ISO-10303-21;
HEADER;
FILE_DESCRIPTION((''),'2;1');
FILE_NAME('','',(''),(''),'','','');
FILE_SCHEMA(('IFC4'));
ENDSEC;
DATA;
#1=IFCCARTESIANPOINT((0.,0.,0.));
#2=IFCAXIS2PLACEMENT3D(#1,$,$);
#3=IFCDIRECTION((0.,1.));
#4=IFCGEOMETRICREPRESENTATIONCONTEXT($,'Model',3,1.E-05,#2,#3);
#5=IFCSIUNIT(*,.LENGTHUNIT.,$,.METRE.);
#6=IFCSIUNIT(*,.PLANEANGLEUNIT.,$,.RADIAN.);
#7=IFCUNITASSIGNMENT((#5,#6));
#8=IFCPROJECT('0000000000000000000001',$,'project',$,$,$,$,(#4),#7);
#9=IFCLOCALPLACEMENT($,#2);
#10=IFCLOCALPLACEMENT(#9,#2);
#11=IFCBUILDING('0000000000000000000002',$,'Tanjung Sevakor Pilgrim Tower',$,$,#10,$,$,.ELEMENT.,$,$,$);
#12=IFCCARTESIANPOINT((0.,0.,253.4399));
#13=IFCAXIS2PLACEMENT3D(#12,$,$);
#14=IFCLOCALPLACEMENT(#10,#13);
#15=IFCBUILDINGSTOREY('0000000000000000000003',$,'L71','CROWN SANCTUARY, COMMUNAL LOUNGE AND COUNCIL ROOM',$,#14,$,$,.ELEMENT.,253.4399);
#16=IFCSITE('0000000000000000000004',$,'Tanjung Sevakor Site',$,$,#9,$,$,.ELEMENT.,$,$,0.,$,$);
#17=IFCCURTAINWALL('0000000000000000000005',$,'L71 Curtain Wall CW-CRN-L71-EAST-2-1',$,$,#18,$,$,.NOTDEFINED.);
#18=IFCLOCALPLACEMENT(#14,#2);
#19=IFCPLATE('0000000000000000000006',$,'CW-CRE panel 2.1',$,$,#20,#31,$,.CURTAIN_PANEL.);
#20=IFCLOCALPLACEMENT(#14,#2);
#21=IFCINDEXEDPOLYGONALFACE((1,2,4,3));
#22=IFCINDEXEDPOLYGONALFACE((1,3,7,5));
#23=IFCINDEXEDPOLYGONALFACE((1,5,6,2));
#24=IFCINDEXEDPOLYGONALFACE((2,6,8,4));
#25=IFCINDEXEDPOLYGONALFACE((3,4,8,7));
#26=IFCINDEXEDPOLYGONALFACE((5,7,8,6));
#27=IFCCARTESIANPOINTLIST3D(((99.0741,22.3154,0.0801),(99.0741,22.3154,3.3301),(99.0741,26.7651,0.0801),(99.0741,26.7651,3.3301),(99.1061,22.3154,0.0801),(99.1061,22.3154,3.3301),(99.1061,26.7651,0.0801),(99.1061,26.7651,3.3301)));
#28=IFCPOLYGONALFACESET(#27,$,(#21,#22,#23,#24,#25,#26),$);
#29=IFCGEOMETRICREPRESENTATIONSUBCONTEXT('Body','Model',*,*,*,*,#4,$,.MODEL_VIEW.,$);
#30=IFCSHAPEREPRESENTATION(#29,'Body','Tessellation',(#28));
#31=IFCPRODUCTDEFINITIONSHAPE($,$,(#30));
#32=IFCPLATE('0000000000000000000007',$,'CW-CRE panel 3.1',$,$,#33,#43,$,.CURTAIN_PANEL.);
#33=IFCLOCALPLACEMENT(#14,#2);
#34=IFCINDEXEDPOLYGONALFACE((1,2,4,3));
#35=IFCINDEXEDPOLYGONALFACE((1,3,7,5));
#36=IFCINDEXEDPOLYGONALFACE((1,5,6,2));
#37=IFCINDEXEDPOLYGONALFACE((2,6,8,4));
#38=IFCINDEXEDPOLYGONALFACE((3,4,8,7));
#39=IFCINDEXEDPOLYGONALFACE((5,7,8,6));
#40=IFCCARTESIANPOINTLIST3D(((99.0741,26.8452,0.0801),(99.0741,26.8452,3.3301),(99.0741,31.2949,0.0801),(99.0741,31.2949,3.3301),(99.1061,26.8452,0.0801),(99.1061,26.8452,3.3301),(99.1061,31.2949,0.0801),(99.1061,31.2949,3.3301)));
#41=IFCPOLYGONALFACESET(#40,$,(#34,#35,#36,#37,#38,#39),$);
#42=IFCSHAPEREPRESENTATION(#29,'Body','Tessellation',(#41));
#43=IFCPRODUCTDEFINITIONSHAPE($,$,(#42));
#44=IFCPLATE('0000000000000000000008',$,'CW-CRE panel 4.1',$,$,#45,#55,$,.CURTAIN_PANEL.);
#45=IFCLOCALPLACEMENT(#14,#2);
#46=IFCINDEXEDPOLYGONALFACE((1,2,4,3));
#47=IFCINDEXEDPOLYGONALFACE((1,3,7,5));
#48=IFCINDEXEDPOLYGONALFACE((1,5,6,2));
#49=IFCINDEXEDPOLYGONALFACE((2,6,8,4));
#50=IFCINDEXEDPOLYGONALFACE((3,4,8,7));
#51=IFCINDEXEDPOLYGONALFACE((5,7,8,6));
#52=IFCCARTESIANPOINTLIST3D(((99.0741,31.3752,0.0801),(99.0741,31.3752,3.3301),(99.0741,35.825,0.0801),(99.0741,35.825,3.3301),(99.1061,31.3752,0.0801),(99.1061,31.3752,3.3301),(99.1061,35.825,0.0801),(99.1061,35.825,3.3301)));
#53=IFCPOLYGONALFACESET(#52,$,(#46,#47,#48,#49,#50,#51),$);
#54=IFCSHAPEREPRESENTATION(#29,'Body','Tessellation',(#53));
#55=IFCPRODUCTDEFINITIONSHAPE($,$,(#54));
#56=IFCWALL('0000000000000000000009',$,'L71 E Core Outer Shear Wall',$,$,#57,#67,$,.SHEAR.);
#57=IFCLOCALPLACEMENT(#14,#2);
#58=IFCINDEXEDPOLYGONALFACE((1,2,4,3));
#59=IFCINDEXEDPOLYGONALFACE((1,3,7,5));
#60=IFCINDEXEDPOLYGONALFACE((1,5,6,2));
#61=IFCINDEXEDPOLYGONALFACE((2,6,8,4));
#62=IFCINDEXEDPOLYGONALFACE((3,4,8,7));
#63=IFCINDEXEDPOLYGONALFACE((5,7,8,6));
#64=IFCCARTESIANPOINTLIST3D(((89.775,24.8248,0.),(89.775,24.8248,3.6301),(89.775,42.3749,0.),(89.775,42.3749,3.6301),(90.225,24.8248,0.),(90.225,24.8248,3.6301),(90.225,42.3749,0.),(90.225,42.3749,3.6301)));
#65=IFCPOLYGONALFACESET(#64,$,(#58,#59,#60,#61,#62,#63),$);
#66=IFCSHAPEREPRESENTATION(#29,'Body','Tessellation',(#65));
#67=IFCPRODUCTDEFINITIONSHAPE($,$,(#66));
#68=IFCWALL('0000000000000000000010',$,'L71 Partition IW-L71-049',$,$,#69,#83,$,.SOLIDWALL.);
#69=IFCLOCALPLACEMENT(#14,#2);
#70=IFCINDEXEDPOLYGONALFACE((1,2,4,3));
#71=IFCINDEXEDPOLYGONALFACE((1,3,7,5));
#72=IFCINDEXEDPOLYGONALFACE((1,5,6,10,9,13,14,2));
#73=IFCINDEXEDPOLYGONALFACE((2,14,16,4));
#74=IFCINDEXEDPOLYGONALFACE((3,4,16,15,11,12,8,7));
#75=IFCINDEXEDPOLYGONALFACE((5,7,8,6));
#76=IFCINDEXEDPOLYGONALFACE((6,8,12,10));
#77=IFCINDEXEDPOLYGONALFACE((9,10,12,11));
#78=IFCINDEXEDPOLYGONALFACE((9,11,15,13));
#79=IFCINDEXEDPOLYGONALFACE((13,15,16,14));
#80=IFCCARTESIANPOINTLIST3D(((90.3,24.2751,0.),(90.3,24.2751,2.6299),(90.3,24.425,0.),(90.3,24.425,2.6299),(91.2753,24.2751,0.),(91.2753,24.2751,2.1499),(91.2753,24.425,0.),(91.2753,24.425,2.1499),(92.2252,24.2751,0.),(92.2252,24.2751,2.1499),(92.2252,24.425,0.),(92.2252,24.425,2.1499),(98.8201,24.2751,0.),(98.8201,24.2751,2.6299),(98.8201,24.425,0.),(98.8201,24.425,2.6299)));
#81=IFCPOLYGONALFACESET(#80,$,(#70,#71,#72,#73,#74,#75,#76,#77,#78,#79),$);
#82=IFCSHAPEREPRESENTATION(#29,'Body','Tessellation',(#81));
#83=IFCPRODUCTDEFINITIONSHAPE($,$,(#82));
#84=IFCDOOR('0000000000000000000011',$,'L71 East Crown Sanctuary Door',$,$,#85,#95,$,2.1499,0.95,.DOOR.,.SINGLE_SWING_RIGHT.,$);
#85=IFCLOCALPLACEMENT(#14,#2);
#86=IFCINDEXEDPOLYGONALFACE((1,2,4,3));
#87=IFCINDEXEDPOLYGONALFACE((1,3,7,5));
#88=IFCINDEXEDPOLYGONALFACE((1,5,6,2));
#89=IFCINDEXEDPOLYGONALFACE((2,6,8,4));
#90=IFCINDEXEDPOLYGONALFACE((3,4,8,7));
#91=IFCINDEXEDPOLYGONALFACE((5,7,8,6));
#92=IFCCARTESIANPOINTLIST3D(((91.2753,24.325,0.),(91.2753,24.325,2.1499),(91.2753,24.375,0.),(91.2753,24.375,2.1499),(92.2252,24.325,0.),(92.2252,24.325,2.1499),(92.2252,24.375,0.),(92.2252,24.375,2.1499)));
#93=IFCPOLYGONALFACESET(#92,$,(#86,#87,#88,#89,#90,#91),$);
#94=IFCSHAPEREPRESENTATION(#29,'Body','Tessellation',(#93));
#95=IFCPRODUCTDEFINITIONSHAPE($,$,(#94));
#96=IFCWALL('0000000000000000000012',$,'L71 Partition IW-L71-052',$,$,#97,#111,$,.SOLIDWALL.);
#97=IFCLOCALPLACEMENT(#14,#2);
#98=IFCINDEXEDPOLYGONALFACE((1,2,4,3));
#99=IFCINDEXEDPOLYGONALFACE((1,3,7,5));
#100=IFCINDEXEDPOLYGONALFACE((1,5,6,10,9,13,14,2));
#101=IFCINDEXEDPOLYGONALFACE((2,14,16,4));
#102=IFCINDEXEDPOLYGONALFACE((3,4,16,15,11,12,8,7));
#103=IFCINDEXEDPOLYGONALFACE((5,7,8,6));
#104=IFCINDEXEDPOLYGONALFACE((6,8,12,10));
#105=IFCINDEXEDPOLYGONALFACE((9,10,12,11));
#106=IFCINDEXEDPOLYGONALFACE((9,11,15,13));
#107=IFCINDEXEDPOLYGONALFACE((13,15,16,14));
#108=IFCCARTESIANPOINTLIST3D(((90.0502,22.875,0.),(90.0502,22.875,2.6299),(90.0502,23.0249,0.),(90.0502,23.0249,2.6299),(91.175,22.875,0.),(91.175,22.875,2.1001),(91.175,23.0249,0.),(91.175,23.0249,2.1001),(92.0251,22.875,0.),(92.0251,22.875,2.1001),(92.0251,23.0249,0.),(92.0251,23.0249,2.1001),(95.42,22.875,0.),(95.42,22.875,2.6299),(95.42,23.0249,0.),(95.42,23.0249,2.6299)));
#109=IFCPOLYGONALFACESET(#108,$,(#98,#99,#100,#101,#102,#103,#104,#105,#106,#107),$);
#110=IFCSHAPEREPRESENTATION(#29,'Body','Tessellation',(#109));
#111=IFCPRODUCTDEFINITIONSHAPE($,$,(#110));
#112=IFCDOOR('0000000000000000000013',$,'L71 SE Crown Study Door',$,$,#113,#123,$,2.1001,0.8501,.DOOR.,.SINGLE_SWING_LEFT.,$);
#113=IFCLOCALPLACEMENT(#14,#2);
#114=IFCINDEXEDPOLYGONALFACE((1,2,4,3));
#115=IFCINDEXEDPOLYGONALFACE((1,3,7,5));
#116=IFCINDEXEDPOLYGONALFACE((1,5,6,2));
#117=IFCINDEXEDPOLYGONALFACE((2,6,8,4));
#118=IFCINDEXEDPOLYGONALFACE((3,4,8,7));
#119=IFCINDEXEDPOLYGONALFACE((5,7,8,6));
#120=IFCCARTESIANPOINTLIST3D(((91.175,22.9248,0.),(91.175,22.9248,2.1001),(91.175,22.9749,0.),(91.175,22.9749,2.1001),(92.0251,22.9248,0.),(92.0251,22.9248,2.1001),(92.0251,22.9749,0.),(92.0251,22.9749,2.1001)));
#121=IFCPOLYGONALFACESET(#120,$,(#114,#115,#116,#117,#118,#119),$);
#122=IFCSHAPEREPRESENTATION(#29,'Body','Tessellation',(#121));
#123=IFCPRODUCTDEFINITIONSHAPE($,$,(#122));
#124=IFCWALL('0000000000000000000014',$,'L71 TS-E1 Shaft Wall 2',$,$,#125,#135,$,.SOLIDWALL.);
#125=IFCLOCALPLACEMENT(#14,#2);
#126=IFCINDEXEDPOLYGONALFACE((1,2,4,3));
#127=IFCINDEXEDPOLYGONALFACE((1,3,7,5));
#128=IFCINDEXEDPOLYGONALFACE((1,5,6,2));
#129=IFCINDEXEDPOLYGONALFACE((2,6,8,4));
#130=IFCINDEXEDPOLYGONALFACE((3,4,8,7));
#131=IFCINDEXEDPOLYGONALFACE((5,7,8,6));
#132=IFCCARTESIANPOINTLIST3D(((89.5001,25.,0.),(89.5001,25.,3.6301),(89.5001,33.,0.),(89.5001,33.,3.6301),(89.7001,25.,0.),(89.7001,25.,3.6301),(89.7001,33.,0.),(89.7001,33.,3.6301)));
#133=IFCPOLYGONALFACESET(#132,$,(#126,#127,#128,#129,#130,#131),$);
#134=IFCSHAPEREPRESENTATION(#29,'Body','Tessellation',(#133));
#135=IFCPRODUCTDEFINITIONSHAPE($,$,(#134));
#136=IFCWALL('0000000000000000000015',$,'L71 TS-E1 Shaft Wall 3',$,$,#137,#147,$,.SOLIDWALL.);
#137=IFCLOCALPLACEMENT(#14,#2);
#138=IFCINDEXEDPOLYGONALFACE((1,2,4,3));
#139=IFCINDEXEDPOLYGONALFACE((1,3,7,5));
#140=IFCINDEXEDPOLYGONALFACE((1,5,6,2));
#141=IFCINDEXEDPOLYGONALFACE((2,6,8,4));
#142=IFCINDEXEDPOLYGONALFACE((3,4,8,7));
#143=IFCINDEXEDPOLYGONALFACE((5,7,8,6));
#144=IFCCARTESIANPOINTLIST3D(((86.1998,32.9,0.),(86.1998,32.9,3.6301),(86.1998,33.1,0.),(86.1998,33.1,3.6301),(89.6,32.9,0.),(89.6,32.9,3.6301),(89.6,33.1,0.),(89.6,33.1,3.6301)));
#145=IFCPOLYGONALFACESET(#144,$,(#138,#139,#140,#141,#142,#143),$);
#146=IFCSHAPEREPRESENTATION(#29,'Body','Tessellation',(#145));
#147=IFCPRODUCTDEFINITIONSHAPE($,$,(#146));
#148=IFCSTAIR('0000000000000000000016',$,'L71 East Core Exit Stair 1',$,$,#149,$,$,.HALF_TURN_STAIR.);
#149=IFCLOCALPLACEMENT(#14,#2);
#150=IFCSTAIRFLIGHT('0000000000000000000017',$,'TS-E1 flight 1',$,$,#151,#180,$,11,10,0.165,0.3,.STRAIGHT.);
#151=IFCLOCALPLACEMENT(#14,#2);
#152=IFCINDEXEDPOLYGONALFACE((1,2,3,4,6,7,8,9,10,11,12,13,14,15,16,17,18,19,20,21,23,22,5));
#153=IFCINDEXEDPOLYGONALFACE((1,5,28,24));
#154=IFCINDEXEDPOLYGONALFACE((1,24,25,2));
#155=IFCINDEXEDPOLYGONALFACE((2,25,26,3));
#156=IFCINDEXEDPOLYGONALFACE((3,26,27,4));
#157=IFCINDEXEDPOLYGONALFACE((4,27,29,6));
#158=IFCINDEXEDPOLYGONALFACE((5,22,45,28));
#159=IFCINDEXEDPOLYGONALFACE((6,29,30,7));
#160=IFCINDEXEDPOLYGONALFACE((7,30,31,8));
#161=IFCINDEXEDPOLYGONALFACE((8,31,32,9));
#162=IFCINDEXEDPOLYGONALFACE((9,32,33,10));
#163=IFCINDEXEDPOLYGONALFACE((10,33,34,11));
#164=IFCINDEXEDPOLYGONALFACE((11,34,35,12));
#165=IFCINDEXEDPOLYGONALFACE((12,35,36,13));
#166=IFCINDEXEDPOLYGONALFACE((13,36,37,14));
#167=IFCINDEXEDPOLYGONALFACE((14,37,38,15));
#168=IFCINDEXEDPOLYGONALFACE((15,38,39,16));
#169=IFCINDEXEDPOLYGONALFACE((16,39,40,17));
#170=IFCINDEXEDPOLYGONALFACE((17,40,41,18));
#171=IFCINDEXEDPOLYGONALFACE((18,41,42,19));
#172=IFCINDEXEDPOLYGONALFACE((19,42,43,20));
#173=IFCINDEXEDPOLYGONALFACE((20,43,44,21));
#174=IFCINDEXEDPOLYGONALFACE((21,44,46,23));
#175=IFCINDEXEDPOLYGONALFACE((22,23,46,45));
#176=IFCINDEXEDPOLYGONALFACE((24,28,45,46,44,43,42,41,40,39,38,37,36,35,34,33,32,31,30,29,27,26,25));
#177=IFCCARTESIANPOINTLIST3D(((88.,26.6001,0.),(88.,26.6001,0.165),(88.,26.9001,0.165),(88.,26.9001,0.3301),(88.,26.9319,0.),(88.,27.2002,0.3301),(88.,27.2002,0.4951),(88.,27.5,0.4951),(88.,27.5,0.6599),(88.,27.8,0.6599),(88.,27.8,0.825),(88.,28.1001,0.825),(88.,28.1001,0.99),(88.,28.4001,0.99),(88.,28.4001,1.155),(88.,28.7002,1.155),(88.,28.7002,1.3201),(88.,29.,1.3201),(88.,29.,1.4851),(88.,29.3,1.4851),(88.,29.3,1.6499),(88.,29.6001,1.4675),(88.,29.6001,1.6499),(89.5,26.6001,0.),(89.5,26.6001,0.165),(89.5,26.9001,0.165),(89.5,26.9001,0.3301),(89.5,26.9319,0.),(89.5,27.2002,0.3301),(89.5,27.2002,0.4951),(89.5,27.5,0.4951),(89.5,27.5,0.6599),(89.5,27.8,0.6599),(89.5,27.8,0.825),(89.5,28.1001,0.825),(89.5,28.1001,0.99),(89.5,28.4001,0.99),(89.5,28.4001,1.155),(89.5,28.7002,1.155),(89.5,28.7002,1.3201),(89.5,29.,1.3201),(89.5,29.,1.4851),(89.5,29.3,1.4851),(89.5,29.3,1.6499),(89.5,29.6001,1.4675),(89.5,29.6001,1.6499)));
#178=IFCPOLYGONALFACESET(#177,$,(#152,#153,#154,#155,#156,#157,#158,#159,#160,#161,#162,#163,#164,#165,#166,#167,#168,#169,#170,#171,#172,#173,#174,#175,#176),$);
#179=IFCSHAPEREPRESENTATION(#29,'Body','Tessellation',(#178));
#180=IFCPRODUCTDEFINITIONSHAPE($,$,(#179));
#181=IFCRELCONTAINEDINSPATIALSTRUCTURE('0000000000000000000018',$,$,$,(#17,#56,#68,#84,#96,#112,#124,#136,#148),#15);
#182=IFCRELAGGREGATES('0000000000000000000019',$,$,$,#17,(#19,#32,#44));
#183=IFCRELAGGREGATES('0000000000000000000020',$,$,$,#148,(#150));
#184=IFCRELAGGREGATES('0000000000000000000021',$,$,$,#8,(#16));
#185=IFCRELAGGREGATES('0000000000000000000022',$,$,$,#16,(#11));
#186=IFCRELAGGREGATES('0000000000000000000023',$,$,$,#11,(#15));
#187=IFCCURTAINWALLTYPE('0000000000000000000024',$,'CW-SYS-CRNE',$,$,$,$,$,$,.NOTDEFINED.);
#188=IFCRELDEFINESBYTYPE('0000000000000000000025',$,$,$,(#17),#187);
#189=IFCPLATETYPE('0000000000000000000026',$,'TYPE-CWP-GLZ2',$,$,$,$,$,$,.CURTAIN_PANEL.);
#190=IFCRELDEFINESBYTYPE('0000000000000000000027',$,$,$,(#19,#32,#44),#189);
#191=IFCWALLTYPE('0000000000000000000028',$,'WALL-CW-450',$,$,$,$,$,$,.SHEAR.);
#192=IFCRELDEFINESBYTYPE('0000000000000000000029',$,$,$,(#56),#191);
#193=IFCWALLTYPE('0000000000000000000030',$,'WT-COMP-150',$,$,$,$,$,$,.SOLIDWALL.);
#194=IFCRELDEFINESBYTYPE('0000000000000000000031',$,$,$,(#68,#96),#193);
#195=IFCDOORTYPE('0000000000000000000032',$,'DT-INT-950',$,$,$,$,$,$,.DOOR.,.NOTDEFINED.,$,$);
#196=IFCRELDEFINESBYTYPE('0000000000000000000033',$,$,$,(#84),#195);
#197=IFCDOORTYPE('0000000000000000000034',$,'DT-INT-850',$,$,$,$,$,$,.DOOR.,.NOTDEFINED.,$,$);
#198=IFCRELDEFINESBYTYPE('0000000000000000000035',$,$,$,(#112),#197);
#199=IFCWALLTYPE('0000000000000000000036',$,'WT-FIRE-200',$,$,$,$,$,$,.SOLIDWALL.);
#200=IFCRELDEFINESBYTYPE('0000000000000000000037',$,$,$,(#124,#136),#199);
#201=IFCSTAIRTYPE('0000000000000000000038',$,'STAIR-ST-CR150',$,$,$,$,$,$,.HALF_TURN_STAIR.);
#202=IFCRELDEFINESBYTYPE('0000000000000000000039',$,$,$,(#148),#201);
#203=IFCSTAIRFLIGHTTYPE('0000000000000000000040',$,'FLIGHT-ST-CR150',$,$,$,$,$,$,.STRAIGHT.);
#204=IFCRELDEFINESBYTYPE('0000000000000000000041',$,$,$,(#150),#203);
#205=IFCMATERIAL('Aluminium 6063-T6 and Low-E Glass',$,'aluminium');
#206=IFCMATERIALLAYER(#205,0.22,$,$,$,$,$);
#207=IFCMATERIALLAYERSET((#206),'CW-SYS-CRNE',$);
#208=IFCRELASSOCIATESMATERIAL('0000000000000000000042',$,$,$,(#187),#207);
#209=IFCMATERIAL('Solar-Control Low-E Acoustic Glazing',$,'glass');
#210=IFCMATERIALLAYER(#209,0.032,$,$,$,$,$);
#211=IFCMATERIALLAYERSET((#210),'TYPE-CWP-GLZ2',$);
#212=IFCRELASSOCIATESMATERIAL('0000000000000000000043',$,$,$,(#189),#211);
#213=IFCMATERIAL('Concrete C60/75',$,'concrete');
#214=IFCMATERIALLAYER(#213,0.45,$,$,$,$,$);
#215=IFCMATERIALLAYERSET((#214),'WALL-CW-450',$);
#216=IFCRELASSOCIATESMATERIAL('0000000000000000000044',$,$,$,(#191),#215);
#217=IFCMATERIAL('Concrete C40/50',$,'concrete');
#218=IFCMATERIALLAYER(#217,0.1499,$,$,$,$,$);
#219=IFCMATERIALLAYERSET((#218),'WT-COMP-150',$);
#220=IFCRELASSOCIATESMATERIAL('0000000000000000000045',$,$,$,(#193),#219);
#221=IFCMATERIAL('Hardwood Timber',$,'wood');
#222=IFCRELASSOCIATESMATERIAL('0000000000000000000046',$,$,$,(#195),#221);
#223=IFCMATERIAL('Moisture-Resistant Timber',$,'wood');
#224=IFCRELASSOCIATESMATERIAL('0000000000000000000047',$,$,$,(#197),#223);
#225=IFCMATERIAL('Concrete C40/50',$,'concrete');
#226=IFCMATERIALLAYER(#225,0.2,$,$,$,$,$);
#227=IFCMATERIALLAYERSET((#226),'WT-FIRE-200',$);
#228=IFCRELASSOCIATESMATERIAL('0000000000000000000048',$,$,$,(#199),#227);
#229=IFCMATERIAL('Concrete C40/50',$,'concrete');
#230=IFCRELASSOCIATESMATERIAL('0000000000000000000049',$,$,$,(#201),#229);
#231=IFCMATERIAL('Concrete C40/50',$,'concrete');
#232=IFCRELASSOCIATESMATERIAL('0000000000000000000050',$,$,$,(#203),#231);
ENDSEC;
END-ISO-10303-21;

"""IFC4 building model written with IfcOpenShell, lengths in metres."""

from ifc_helpers import new_model, si_unit, direction, frame, frame_2d, origin, origin_2d, place, context, subcontext, project, spatial, polyline, rectangle, outline, extrude, material, layer, layer_set, type_object, element, fill, aggregate, save


model = new_model("IFC4")

# Units and contexts
model_context = context("Model", 3, precision=1e-05, world=origin(), true_north=direction((0.0, 1.0)))
body_context = subcontext(model_context, "Body", "Model", "MODEL_VIEW")
ifc_project = project(units=[si_unit("LENGTHUNIT", "METRE"), si_unit("PLANEANGLEUNIT", "RADIAN")], contexts=[model_context])

# Site, building, storey
site_placement = place(None, origin())
site = spatial("IfcSite", under=ifc_project, at=site_placement, Name="Tanjung Sevakor Site", CompositionType="ELEMENT", RefElevation=0.0)
building_placement = place(site_placement, origin())
building = spatial("IfcBuilding", under=site, at=building_placement, Name="Tanjung Sevakor Pilgrim Tower", CompositionType="ELEMENT")
storey_placement = place(building_placement, frame((0.0, 0.0, 253.4399)))
storey = spatial("IfcBuildingStorey", under=building, at=storey_placement, Name="L71", Description="CROWN SANCTUARY, COMMUNAL LOUNGE AND COUNCIL ROOM", CompositionType="ELEMENT", Elevation=253.4399)

# Curtain wall, plates
ifc_material_1 = material(Name="Aluminium 6063-T6 and Low-E Glass", Category="aluminium")
ifc_layer_1 = layer(ifc_material_1, 0.22)
ifc_layer_set_1 = layer_set([ifc_layer_1], Name="CW-SYS-CRNE")
curtain_wall_type = type_object("IfcCurtainWallType", Name="CW-SYS-CRNE", PredefinedType="NOTDEFINED", material=ifc_layer_set_1)
curtain_wall_placement = place(storey_placement, origin())
curtain_wall = element("IfcCurtainWall", 1, at=curtain_wall_placement, inside=storey, type_object=curtain_wall_type, Name="L71 Curtain Wall CW-CRN-L71-EAST-2-1", PredefinedType="NOTDEFINED")
ifc_material_2 = material(Name="Solar-Control Low-E Acoustic Glazing", Category="glass")
ifc_layer_2 = layer(ifc_material_2, 0.032)
ifc_layer_set_2 = layer_set([ifc_layer_2], Name="TYPE-CWP-GLZ2")
plate_type = type_object("IfcPlateType", Name="TYPE-CWP-GLZ2", PredefinedType="CURTAIN_PANEL", material=ifc_layer_set_2)
plate_1_placement = place(storey_placement, frame((99.0901, 24.5403, 0.0801), z_axis=(0.0, 0.0, 1.0), x_axis=(0.0, 1.0, 0.0)))
plate_1 = element("IfcPlate", 2, at=plate_1_placement, type_object=plate_type, Name="CW-CRE panel 2.1", PredefinedType="CURTAIN_PANEL", context=body_context, shape_type="SweptSolid", body=[
    extrude(rectangle(XDim=4.4497, YDim=0.032, at=origin_2d()), origin(), (0.0, 0.0, 1.0), 3.25),
])
plate_2_placement = place(storey_placement, frame((99.0901, 29.0701, 0.0801), z_axis=(0.0, 0.0, 1.0), x_axis=(0.0, 1.0, 0.0)))
plate_2 = element("IfcPlate", 3, at=plate_2_placement, type_object=plate_type, Name="CW-CRE panel 3.1", PredefinedType="CURTAIN_PANEL", context=body_context, shape_type="SweptSolid", body=[
    extrude(rectangle(XDim=4.4497, YDim=0.032, at=origin_2d()), origin(), (0.0, 0.0, 1.0), 3.25),
])
plate_3_placement = place(storey_placement, frame((99.0901, 33.6001, 0.0801), z_axis=(0.0, 0.0, 1.0), x_axis=(0.0, 1.0, 0.0)))
plate_3 = element("IfcPlate", 4, at=plate_3_placement, type_object=plate_type, Name="CW-CRE panel 4.1", PredefinedType="CURTAIN_PANEL", context=body_context, shape_type="SweptSolid", body=[
    extrude(rectangle(XDim=4.4497, YDim=0.032, at=origin_2d()), origin(), (0.0, 0.0, 1.0), 3.25),
])
aggregate(curtain_wall, [plate_1, plate_2, plate_3])

# Wall
ifc_material_3 = material(Name="Concrete C60/75", Category="concrete")
ifc_layer_3 = layer(ifc_material_3, 0.45)
ifc_layer_set_3 = layer_set([ifc_layer_3], Name="WALL-CW-450")
wall_type_1 = type_object("IfcWallType", Name="WALL-CW-450", PredefinedType="SHEAR", material=ifc_layer_set_3)
wall_1_placement = place(storey_placement, frame((90.0, 24.825, 0.0), z_axis=(0.0, 0.0, 1.0), x_axis=(0.0, 1.0, 0.0)))
element("IfcWall", 5, at=wall_1_placement, inside=storey, type_object=wall_type_1, Name="L71 E Core Outer Shear Wall", PredefinedType="SHEAR", context=body_context, shape_type="SweptSolid", body=[
    extrude(rectangle(XDim=17.55, YDim=0.45, at=frame_2d((8.7749, 0.0))), origin(), (0.0, 0.0, 1.0), 3.6301),
])

# Walls, openings, doors
ifc_material_4 = material(Name="Concrete C40/50", Category="concrete")
ifc_layer_4 = layer(ifc_material_4, 0.1499)
ifc_layer_set_4 = layer_set([ifc_layer_4], Name="WT-COMP-150")
wall_type_2 = type_object("IfcWallType", Name="WT-COMP-150", PredefinedType="SOLIDWALL", material=ifc_layer_set_4)
wall_2_placement = place(storey_placement, frame((90.3, 24.3501, 0.0), z_axis=(0.0, 0.0, 1.0), x_axis=(1.0, 0.0, 0.0)))
wall_2 = element("IfcWall", 6, at=wall_2_placement, inside=storey, type_object=wall_type_2, Name="L71 Partition IW-L71-049", PredefinedType="SOLIDWALL", context=body_context, shape_type="SweptSolid", body=[
    extrude(rectangle(XDim=8.52, YDim=0.1499, at=frame_2d((4.26, 0.0))), origin(), (0.0, 0.0, 1.0), 2.6299),
])
opening_1_placement = place(wall_2_placement, frame((0.9751, 0.0, 0.0)))
opening_1 = element("IfcOpeningElement", 7, at=opening_1_placement, cuts=wall_2, PredefinedType="OPENING", context=body_context, shape_type="SweptSolid", body=[
    extrude(rectangle(XDim=0.95, YDim=2.1499, at=frame_2d((0.4751, 1.075))), frame((0.0, 0.085, 0.0), z_axis=(0.0, -1.0, 0.0), x_axis=(1.0, 0.0, 0.0)), (0.0, 0.0, 1.0), 0.1699),
])
ifc_material_5 = material(Name="Hardwood Timber", Category="wood")
door_type_1 = type_object("IfcDoorType", Name="DT-INT-950", OperationType="NOTDEFINED", PredefinedType="DOOR", material=ifc_material_5)
door_1_placement = place(opening_1_placement, origin())
door_1 = element("IfcDoor", 8, at=door_1_placement, inside=storey, type_object=door_type_1, Name="L71 East Crown Sanctuary Door", OperationType="SINGLE_SWING_RIGHT", OverallHeight=2.1499, OverallWidth=0.95, PredefinedType="DOOR", context=body_context, shape_type="SweptSolid", body=[
    extrude(rectangle(XDim=0.95, YDim=2.1499, at=frame_2d((0.4751, 1.075))), frame((0.0, 0.0249, 0.0), z_axis=(0.0, -1.0, 0.0), x_axis=(1.0, 0.0, 0.0)), (0.0, 0.0, 1.0), 0.05),
])
fill(opening_1, door_1)
wall_3_placement = place(storey_placement, frame((90.05, 22.95, 0.0), z_axis=(0.0, 0.0, 1.0), x_axis=(1.0, 0.0, 0.0)))
wall_3 = element("IfcWall", 9, at=wall_3_placement, inside=storey, type_object=wall_type_2, Name="L71 Partition IW-L71-052", PredefinedType="SOLIDWALL", context=body_context, shape_type="SweptSolid", body=[
    extrude(rectangle(XDim=5.3699, YDim=0.1499, at=frame_2d((2.6851, 0.0))), origin(), (0.0, 0.0, 1.0), 2.6299),
])
opening_2_placement = place(wall_3_placement, frame((1.125, 0.0, 0.0)))
opening_2 = element("IfcOpeningElement", 10, at=opening_2_placement, cuts=wall_3, PredefinedType="OPENING", context=body_context, shape_type="SweptSolid", body=[
    extrude(rectangle(XDim=0.8501, YDim=2.1001, at=frame_2d((0.425, 1.05))), frame((0.0, 0.085, 0.0), z_axis=(0.0, -1.0, 0.0), x_axis=(1.0, 0.0, 0.0)), (0.0, 0.0, 1.0), 0.1699),
])
ifc_material_6 = material(Name="Moisture-Resistant Timber", Category="wood")
door_type_2 = type_object("IfcDoorType", Name="DT-INT-850", OperationType="NOTDEFINED", PredefinedType="DOOR", material=ifc_material_6)
door_2_placement = place(opening_2_placement, origin())
door_2 = element("IfcDoor", 11, at=door_2_placement, inside=storey, type_object=door_type_2, Name="L71 SE Crown Study Door", OperationType="SINGLE_SWING_LEFT", OverallHeight=2.1001, OverallWidth=0.8501, PredefinedType="DOOR", context=body_context, shape_type="SweptSolid", body=[
    extrude(rectangle(XDim=0.8501, YDim=2.1001, at=frame_2d((0.425, 1.05))), frame((0.0, 0.0249, 0.0), z_axis=(0.0, -1.0, 0.0), x_axis=(1.0, 0.0, 0.0)), (0.0, 0.0, 1.0), 0.05),
])
fill(opening_2, door_2)

# Walls
ifc_material_7 = material(Name="Concrete C40/50", Category="concrete")
ifc_layer_5 = layer(ifc_material_7, 0.2)
ifc_layer_set_5 = layer_set([ifc_layer_5], Name="WT-FIRE-200")
wall_type_3 = type_object("IfcWallType", Name="WT-FIRE-200", PredefinedType="SOLIDWALL", material=ifc_layer_set_5)
wall_4_placement = place(storey_placement, frame((89.6001, 25.0, 0.0), z_axis=(0.0, 0.0, 1.0), x_axis=(0.0, 1.0, 0.0)))
element("IfcWall", 12, at=wall_4_placement, inside=storey, type_object=wall_type_3, Name="L71 TS-E1 Shaft Wall 2", PredefinedType="SOLIDWALL", context=body_context, shape_type="SweptSolid", body=[
    extrude(rectangle(XDim=8.0, YDim=0.2, at=frame_2d((4.0, 0.0))), origin(), (0.0, 0.0, 1.0), 3.6301),
])
wall_5_placement = place(storey_placement, frame((89.6001, 33.0, 0.0), z_axis=(0.0, 0.0, 1.0), x_axis=(-1.0, 0.0, 0.0)))
element("IfcWall", 13, at=wall_5_placement, inside=storey, type_object=wall_type_3, Name="L71 TS-E1 Shaft Wall 3", PredefinedType="SOLIDWALL", context=body_context, shape_type="SweptSolid", body=[
    extrude(rectangle(XDim=3.4001, YDim=0.2, at=frame_2d((1.7002, 0.0))), origin(), (0.0, 0.0, 1.0), 3.6301),
])

# Stair, stair flight
ifc_material_8 = material(Name="Concrete C40/50", Category="concrete")
stair_type = type_object("IfcStairType", Name="STAIR-ST-CR150", PredefinedType="HALF_TURN_STAIR", material=ifc_material_8)
stair_placement = place(storey_placement, origin())
stair = element("IfcStair", 14, at=stair_placement, inside=storey, type_object=stair_type, Name="L71 East Core Exit Stair 1", PredefinedType="HALF_TURN_STAIR")
ifc_material_9 = material(Name="Concrete C40/50", Category="concrete")
stair_flight_type = type_object("IfcStairFlightType", Name="FLIGHT-ST-CR150", PredefinedType="STRAIGHT", material=ifc_material_9)
stair_flight_placement = place(storey_placement, frame((88.75, 26.6001, 0.0), z_axis=(0.0, 0.0, 1.0), x_axis=(0.0, 1.0, 0.0)))
stair_flight = element("IfcStairFlight", 15, at=stair_flight_placement, type_object=stair_flight_type, Name="TS-E1 flight 1", NumberOfRisers=11, NumberOfTreads=10, PredefinedType="STRAIGHT", RiserHeight=0.165, TreadLength=0.3, context=body_context, shape_type="SweptSolid", body=[
    extrude(outline(polyline([(0.0, 0.0), (0.0, 0.165), (0.3, 0.165), (0.3, 0.3301), (0.6001, 0.3301), (0.6001, 0.4951), (0.8999, 0.4951), (0.8999, 0.6599), (1.2, 0.6599), (1.2, 0.825), (1.5, 0.825), (1.5, 0.99), (1.8, 0.99), (1.8, 1.155), (2.1001, 1.155), (2.1001, 1.3201), (2.3999, 1.3201), (2.3999, 1.4851), (2.7, 1.4851), (2.7, 1.6499), (3.0, 1.6499), (3.0, 1.8149), (3.0, 1.4675), (0.3318, 0.0), (0.0, 0.0)])), frame((0.0, 0.75, 0.0), z_axis=(0.0, -1.0, 0.0), x_axis=(1.0, 0.0, 0.0)), (0.0, 0.0, 1.0), 1.5),
])
aggregate(stair, [stair_flight])

save(model, "model.ifc")
